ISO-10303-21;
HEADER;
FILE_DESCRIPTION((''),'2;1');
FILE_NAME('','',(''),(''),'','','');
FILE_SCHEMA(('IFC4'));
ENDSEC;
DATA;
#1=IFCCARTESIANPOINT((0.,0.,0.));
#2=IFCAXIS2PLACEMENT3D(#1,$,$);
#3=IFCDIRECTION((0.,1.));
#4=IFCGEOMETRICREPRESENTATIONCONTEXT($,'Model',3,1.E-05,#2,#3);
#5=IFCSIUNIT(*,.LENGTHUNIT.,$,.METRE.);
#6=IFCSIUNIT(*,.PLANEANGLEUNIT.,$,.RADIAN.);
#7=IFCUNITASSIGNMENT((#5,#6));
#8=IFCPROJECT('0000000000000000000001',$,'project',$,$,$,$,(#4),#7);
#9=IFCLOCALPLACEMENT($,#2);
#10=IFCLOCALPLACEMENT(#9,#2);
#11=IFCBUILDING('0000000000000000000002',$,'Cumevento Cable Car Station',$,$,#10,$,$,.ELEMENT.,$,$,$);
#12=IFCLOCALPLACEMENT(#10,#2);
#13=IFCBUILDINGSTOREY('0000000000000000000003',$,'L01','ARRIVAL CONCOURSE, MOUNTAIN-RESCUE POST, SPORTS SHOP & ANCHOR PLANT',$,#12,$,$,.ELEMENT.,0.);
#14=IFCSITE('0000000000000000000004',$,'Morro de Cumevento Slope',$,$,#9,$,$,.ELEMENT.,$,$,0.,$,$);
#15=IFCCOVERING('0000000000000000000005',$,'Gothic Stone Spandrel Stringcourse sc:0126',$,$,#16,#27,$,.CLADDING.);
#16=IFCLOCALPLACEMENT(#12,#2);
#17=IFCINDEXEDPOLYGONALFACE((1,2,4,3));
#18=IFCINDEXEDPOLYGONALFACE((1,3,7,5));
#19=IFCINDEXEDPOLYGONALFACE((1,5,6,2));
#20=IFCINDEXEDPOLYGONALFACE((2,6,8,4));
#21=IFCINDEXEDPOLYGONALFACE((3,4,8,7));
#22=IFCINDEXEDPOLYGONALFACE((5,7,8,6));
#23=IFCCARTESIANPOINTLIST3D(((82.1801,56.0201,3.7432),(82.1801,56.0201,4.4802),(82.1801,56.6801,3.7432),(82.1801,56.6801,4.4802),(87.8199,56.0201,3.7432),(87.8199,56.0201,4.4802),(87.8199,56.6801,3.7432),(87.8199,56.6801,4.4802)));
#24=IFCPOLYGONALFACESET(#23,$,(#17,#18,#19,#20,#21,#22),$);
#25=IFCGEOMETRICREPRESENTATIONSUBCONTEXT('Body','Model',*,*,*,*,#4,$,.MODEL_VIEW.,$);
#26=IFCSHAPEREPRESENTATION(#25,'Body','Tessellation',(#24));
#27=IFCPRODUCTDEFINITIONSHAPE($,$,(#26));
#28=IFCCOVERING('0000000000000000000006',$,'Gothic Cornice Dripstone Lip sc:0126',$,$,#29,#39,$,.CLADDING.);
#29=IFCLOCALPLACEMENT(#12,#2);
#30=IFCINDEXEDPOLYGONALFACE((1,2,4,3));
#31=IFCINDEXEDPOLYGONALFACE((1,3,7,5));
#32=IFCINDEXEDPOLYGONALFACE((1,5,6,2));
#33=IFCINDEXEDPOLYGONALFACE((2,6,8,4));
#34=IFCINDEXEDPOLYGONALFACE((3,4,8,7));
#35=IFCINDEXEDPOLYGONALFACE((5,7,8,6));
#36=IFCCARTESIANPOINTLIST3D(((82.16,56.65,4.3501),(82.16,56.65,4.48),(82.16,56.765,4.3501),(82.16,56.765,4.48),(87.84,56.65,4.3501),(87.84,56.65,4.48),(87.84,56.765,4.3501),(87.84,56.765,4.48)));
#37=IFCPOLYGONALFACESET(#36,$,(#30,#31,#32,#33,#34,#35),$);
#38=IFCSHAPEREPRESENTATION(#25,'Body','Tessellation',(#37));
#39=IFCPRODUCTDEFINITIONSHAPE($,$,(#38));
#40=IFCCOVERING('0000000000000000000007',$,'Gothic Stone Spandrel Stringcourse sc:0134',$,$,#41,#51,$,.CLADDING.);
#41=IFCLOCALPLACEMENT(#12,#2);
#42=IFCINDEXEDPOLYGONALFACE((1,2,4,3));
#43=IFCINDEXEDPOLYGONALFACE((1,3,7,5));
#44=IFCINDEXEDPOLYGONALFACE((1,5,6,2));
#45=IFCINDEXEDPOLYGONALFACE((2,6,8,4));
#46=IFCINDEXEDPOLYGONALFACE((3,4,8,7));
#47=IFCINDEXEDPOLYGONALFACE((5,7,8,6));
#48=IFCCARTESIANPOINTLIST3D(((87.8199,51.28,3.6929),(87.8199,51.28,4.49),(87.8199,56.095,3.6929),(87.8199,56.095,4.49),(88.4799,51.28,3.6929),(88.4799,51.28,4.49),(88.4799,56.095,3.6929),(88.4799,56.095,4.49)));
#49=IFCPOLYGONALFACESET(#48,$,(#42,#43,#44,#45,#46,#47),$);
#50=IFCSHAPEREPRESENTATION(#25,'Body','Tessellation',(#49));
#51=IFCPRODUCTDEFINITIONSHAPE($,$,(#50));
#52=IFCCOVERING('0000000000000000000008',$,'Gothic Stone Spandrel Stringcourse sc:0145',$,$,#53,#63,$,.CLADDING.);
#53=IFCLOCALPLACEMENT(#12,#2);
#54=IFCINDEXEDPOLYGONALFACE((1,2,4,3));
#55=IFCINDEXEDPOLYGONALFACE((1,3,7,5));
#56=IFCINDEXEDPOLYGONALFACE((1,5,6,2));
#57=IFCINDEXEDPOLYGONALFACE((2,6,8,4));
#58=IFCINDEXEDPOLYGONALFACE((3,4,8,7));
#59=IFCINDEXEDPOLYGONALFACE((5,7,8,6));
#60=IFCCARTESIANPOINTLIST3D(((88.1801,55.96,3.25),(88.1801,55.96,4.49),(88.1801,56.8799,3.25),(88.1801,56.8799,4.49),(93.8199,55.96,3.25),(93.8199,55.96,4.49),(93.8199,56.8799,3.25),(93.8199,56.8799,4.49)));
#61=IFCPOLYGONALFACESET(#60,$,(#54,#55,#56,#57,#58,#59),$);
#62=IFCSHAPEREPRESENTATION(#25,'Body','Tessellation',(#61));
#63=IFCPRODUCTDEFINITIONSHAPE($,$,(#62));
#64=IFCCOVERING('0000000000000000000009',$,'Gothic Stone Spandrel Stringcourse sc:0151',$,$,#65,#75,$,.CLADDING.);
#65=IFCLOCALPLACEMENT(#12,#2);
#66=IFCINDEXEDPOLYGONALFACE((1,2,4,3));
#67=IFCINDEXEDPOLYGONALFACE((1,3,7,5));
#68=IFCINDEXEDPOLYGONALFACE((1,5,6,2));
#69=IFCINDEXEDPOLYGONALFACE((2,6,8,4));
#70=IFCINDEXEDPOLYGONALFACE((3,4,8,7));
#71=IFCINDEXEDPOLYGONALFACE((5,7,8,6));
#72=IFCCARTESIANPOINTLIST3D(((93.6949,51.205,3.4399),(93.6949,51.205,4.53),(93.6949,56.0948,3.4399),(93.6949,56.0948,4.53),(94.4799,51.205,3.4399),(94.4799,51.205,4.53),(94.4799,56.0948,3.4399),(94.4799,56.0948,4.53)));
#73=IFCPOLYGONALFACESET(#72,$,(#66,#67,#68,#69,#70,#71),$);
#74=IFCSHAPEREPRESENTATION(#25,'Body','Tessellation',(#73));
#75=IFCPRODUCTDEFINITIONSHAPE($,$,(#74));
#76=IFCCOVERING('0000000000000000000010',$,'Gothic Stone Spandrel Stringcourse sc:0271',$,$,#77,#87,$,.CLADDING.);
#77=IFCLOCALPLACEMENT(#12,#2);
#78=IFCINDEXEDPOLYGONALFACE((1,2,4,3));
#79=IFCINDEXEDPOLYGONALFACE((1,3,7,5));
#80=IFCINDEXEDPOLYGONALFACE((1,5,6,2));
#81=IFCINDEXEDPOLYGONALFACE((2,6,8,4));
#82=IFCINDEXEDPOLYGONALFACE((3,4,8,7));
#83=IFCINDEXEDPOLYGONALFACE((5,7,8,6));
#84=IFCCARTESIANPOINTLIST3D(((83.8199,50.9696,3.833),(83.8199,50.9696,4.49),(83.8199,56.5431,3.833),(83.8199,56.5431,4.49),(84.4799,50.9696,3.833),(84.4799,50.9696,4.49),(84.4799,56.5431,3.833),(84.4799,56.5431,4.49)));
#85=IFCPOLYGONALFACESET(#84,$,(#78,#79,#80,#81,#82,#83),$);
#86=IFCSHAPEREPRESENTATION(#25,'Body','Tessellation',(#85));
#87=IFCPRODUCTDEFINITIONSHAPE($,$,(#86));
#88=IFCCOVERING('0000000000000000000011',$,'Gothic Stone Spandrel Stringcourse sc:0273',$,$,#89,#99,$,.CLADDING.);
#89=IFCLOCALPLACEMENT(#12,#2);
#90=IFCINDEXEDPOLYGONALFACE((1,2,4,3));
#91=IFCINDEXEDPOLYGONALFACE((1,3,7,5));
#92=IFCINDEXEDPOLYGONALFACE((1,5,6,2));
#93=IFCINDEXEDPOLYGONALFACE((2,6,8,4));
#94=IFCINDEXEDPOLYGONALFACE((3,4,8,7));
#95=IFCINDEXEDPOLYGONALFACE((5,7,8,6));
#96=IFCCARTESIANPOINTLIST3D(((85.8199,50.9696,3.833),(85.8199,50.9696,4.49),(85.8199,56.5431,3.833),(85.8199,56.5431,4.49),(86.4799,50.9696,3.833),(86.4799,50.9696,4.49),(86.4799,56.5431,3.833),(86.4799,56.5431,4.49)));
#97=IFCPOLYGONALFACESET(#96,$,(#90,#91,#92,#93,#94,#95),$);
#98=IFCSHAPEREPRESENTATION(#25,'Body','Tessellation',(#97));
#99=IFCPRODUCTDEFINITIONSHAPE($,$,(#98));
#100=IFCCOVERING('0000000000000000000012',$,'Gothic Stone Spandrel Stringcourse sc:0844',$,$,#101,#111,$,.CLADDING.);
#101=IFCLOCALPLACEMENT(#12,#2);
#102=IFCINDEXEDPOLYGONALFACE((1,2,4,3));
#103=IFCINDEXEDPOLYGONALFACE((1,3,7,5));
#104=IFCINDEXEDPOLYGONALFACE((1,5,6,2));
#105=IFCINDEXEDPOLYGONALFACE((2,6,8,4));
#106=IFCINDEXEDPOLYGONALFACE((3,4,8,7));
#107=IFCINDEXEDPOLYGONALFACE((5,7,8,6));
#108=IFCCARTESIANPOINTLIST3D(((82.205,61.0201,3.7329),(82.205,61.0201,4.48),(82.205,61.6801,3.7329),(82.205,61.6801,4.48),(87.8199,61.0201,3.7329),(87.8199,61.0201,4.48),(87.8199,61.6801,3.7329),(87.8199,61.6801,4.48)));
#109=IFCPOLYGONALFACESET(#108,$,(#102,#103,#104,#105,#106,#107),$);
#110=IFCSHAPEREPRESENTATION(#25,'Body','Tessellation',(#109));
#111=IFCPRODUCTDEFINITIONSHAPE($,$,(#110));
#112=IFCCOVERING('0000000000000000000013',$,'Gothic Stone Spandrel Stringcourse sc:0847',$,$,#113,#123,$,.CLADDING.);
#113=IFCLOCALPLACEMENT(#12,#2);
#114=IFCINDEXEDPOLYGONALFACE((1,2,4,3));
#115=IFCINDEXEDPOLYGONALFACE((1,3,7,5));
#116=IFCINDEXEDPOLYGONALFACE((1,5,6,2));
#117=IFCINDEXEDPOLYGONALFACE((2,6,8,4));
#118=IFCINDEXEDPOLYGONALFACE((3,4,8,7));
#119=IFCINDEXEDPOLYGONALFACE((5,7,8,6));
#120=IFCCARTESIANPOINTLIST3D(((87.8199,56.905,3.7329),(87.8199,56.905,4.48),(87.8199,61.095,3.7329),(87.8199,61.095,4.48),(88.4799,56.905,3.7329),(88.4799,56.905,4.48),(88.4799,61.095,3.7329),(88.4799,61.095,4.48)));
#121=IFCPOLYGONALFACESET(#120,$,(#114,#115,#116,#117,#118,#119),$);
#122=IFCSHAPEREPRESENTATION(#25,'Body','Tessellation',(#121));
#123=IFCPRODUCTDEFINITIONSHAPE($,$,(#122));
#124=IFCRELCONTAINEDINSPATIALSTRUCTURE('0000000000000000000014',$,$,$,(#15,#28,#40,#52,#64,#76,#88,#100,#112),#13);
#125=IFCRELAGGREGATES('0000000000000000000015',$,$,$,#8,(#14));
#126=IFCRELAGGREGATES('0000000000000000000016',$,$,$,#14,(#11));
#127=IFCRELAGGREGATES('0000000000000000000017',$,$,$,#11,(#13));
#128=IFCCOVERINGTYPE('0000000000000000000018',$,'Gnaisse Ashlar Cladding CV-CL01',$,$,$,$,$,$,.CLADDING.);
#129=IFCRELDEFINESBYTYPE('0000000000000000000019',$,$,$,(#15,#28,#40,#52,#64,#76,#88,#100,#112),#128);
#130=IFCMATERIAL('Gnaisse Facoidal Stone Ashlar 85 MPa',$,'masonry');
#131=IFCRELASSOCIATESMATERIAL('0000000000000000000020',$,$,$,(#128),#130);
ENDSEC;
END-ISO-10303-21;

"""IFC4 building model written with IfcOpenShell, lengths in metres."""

from ifc_helpers import new_model, si_unit, direction, frame, origin, origin_2d, place, context, subcontext, project, spatial, rectangle, extrude, material, type_object, element, save


model = new_model("IFC4")

# Units and contexts
model_context = context("Model", 3, precision=1e-05, world=origin(), true_north=direction((0.0, 1.0)))
body_context = subcontext(model_context, "Body", "Model", "MODEL_VIEW")
ifc_project = project(units=[si_unit("LENGTHUNIT", "METRE"), si_unit("PLANEANGLEUNIT", "RADIAN")], contexts=[model_context])

# Site, building, storey
site_placement = place(None, origin())
site = spatial("IfcSite", under=ifc_project, at=site_placement, Name="Morro de Cumevento Slope", CompositionType="ELEMENT", RefElevation=0.0)
building_placement = place(site_placement, origin())
building = spatial("IfcBuilding", under=site, at=building_placement, Name="Cumevento Cable Car Station", CompositionType="ELEMENT")
storey_placement = place(building_placement, origin())
storey = spatial("IfcBuildingStorey", under=building, at=storey_placement, Name="L01", Description="ARRIVAL CONCOURSE, MOUNTAIN-RESCUE POST, SPORTS SHOP & ANCHOR PLANT", CompositionType="ELEMENT", Elevation=0.0)

# Coverings
ifc_material_1 = material(Name="Gnaisse Facoidal Stone Ashlar 85 MPa", Category="masonry")
covering_type = type_object("IfcCoveringType", Name="Gnaisse Ashlar Cladding CV-CL01", PredefinedType="CLADDING", material=ifc_material_1)
covering_1_placement = place(storey_placement, frame((85.0, 56.3501, 3.7432), z_axis=(0.0, 0.0, 1.0), x_axis=(1.0, 0.0, 0.0)))
element("IfcCovering", 1, at=covering_1_placement, inside=storey, type_object=covering_type, Name="Gothic Stone Spandrel Stringcourse sc:0126", PredefinedType="CLADDING", context=body_context, shape_type="SweptSolid", body=[
    extrude(rectangle(XDim=5.6399, YDim=0.6599, at=origin_2d()), origin(), (0.0, 0.0, 1.0), 0.7371),
])
covering_2_placement = place(storey_placement, frame((85.0, 56.7075, 4.3501), z_axis=(0.0, 0.0, 1.0), x_axis=(1.0, 0.0, 0.0)))
element("IfcCovering", 2, at=covering_2_placement, inside=storey, type_object=covering_type, Name="Gothic Cornice Dripstone Lip sc:0126", PredefinedType="CLADDING", context=body_context, shape_type="SweptSolid", body=[
    extrude(rectangle(XDim=5.6799, YDim=0.115, at=origin_2d()), origin(), (0.0, 0.0, 1.0), 0.1299),
])
covering_3_placement = place(storey_placement, frame((88.1499, 53.6875, 3.6929), z_axis=(0.0, 0.0, 1.0), x_axis=(0.0, 1.0, 0.0)))
element("IfcCovering", 3, at=covering_3_placement, inside=storey, type_object=covering_type, Name="Gothic Stone Spandrel Stringcourse sc:0134", PredefinedType="CLADDING", context=body_context, shape_type="SweptSolid", body=[
    extrude(rectangle(XDim=4.8149, YDim=0.6599, at=origin_2d()), origin(), (0.0, 0.0, 1.0), 0.7971),
])
covering_4_placement = place(storey_placement, frame((91.0, 56.4199, 3.25), z_axis=(0.0, 0.0, 1.0), x_axis=(1.0, 0.0, 0.0)))
element("IfcCovering", 4, at=covering_4_placement, inside=storey, type_object=covering_type, Name="Gothic Stone Spandrel Stringcourse sc:0145", PredefinedType="CLADDING", context=body_context, shape_type="SweptSolid", body=[
    extrude(rectangle(XDim=5.6399, YDim=0.9199, at=origin_2d()), origin(), (0.0, 0.0, 1.0), 1.24),
])
covering_5_placement = place(storey_placement, frame((94.0874, 53.6499, 3.4399), z_axis=(0.0, 0.0, 1.0), x_axis=(0.0, 1.0, 0.0)))
element("IfcCovering", 5, at=covering_5_placement, inside=storey, type_object=covering_type, Name="Gothic Stone Spandrel Stringcourse sc:0151", PredefinedType="CLADDING", context=body_context, shape_type="SweptSolid", body=[
    extrude(rectangle(XDim=4.8899, YDim=0.7849, at=origin_2d()), origin(), (0.0, 0.0, 1.0), 1.0901),
])
for number, where, z_axis, x_axis, name in (
    (6, (84.1499, 53.7563, 3.833), (0.0, 0.0, 1.0), (0.0, 1.0, 0.0), "Gothic Stone Spandrel Stringcourse sc:0271"),
    (7, (86.1499, 53.7563, 3.833), (0.0, 0.0, 1.0), (0.0, 1.0, 0.0), "Gothic Stone Spandrel Stringcourse sc:0273"),
):
    element("IfcCovering", number, at=place(storey_placement, frame(where, z_axis=z_axis, x_axis=x_axis)), inside=storey, type_object=covering_type, Name=name, PredefinedType="CLADDING", context=body_context, shape_type="SweptSolid", body=[
        extrude(rectangle(XDim=5.5735, YDim=0.6599, at=origin_2d()), origin(), (0.0, 0.0, 1.0), 0.657),
    ])
covering_6_placement = place(storey_placement, frame((85.0125, 61.3501, 3.7329), z_axis=(0.0, 0.0, 1.0), x_axis=(1.0, 0.0, 0.0)))
element("IfcCovering", 8, at=covering_6_placement, inside=storey, type_object=covering_type, Name="Gothic Stone Spandrel Stringcourse sc:0844", PredefinedType="CLADDING", context=body_context, shape_type="SweptSolid", body=[
    extrude(rectangle(XDim=5.615, YDim=0.6599, at=origin_2d()), origin(), (0.0, 0.0, 1.0), 0.7471),
])
covering_7_placement = place(storey_placement, frame((88.1499, 59.0, 3.7329), z_axis=(0.0, 0.0, 1.0), x_axis=(0.0, 1.0, 0.0)))
element("IfcCovering", 9, at=covering_7_placement, inside=storey, type_object=covering_type, Name="Gothic Stone Spandrel Stringcourse sc:0847", PredefinedType="CLADDING", context=body_context, shape_type="SweptSolid", body=[
    extrude(rectangle(XDim=4.1899, YDim=0.6599, at=origin_2d()), origin(), (0.0, 0.0, 1.0), 0.7471),
])

save(model, "model.ifc")
